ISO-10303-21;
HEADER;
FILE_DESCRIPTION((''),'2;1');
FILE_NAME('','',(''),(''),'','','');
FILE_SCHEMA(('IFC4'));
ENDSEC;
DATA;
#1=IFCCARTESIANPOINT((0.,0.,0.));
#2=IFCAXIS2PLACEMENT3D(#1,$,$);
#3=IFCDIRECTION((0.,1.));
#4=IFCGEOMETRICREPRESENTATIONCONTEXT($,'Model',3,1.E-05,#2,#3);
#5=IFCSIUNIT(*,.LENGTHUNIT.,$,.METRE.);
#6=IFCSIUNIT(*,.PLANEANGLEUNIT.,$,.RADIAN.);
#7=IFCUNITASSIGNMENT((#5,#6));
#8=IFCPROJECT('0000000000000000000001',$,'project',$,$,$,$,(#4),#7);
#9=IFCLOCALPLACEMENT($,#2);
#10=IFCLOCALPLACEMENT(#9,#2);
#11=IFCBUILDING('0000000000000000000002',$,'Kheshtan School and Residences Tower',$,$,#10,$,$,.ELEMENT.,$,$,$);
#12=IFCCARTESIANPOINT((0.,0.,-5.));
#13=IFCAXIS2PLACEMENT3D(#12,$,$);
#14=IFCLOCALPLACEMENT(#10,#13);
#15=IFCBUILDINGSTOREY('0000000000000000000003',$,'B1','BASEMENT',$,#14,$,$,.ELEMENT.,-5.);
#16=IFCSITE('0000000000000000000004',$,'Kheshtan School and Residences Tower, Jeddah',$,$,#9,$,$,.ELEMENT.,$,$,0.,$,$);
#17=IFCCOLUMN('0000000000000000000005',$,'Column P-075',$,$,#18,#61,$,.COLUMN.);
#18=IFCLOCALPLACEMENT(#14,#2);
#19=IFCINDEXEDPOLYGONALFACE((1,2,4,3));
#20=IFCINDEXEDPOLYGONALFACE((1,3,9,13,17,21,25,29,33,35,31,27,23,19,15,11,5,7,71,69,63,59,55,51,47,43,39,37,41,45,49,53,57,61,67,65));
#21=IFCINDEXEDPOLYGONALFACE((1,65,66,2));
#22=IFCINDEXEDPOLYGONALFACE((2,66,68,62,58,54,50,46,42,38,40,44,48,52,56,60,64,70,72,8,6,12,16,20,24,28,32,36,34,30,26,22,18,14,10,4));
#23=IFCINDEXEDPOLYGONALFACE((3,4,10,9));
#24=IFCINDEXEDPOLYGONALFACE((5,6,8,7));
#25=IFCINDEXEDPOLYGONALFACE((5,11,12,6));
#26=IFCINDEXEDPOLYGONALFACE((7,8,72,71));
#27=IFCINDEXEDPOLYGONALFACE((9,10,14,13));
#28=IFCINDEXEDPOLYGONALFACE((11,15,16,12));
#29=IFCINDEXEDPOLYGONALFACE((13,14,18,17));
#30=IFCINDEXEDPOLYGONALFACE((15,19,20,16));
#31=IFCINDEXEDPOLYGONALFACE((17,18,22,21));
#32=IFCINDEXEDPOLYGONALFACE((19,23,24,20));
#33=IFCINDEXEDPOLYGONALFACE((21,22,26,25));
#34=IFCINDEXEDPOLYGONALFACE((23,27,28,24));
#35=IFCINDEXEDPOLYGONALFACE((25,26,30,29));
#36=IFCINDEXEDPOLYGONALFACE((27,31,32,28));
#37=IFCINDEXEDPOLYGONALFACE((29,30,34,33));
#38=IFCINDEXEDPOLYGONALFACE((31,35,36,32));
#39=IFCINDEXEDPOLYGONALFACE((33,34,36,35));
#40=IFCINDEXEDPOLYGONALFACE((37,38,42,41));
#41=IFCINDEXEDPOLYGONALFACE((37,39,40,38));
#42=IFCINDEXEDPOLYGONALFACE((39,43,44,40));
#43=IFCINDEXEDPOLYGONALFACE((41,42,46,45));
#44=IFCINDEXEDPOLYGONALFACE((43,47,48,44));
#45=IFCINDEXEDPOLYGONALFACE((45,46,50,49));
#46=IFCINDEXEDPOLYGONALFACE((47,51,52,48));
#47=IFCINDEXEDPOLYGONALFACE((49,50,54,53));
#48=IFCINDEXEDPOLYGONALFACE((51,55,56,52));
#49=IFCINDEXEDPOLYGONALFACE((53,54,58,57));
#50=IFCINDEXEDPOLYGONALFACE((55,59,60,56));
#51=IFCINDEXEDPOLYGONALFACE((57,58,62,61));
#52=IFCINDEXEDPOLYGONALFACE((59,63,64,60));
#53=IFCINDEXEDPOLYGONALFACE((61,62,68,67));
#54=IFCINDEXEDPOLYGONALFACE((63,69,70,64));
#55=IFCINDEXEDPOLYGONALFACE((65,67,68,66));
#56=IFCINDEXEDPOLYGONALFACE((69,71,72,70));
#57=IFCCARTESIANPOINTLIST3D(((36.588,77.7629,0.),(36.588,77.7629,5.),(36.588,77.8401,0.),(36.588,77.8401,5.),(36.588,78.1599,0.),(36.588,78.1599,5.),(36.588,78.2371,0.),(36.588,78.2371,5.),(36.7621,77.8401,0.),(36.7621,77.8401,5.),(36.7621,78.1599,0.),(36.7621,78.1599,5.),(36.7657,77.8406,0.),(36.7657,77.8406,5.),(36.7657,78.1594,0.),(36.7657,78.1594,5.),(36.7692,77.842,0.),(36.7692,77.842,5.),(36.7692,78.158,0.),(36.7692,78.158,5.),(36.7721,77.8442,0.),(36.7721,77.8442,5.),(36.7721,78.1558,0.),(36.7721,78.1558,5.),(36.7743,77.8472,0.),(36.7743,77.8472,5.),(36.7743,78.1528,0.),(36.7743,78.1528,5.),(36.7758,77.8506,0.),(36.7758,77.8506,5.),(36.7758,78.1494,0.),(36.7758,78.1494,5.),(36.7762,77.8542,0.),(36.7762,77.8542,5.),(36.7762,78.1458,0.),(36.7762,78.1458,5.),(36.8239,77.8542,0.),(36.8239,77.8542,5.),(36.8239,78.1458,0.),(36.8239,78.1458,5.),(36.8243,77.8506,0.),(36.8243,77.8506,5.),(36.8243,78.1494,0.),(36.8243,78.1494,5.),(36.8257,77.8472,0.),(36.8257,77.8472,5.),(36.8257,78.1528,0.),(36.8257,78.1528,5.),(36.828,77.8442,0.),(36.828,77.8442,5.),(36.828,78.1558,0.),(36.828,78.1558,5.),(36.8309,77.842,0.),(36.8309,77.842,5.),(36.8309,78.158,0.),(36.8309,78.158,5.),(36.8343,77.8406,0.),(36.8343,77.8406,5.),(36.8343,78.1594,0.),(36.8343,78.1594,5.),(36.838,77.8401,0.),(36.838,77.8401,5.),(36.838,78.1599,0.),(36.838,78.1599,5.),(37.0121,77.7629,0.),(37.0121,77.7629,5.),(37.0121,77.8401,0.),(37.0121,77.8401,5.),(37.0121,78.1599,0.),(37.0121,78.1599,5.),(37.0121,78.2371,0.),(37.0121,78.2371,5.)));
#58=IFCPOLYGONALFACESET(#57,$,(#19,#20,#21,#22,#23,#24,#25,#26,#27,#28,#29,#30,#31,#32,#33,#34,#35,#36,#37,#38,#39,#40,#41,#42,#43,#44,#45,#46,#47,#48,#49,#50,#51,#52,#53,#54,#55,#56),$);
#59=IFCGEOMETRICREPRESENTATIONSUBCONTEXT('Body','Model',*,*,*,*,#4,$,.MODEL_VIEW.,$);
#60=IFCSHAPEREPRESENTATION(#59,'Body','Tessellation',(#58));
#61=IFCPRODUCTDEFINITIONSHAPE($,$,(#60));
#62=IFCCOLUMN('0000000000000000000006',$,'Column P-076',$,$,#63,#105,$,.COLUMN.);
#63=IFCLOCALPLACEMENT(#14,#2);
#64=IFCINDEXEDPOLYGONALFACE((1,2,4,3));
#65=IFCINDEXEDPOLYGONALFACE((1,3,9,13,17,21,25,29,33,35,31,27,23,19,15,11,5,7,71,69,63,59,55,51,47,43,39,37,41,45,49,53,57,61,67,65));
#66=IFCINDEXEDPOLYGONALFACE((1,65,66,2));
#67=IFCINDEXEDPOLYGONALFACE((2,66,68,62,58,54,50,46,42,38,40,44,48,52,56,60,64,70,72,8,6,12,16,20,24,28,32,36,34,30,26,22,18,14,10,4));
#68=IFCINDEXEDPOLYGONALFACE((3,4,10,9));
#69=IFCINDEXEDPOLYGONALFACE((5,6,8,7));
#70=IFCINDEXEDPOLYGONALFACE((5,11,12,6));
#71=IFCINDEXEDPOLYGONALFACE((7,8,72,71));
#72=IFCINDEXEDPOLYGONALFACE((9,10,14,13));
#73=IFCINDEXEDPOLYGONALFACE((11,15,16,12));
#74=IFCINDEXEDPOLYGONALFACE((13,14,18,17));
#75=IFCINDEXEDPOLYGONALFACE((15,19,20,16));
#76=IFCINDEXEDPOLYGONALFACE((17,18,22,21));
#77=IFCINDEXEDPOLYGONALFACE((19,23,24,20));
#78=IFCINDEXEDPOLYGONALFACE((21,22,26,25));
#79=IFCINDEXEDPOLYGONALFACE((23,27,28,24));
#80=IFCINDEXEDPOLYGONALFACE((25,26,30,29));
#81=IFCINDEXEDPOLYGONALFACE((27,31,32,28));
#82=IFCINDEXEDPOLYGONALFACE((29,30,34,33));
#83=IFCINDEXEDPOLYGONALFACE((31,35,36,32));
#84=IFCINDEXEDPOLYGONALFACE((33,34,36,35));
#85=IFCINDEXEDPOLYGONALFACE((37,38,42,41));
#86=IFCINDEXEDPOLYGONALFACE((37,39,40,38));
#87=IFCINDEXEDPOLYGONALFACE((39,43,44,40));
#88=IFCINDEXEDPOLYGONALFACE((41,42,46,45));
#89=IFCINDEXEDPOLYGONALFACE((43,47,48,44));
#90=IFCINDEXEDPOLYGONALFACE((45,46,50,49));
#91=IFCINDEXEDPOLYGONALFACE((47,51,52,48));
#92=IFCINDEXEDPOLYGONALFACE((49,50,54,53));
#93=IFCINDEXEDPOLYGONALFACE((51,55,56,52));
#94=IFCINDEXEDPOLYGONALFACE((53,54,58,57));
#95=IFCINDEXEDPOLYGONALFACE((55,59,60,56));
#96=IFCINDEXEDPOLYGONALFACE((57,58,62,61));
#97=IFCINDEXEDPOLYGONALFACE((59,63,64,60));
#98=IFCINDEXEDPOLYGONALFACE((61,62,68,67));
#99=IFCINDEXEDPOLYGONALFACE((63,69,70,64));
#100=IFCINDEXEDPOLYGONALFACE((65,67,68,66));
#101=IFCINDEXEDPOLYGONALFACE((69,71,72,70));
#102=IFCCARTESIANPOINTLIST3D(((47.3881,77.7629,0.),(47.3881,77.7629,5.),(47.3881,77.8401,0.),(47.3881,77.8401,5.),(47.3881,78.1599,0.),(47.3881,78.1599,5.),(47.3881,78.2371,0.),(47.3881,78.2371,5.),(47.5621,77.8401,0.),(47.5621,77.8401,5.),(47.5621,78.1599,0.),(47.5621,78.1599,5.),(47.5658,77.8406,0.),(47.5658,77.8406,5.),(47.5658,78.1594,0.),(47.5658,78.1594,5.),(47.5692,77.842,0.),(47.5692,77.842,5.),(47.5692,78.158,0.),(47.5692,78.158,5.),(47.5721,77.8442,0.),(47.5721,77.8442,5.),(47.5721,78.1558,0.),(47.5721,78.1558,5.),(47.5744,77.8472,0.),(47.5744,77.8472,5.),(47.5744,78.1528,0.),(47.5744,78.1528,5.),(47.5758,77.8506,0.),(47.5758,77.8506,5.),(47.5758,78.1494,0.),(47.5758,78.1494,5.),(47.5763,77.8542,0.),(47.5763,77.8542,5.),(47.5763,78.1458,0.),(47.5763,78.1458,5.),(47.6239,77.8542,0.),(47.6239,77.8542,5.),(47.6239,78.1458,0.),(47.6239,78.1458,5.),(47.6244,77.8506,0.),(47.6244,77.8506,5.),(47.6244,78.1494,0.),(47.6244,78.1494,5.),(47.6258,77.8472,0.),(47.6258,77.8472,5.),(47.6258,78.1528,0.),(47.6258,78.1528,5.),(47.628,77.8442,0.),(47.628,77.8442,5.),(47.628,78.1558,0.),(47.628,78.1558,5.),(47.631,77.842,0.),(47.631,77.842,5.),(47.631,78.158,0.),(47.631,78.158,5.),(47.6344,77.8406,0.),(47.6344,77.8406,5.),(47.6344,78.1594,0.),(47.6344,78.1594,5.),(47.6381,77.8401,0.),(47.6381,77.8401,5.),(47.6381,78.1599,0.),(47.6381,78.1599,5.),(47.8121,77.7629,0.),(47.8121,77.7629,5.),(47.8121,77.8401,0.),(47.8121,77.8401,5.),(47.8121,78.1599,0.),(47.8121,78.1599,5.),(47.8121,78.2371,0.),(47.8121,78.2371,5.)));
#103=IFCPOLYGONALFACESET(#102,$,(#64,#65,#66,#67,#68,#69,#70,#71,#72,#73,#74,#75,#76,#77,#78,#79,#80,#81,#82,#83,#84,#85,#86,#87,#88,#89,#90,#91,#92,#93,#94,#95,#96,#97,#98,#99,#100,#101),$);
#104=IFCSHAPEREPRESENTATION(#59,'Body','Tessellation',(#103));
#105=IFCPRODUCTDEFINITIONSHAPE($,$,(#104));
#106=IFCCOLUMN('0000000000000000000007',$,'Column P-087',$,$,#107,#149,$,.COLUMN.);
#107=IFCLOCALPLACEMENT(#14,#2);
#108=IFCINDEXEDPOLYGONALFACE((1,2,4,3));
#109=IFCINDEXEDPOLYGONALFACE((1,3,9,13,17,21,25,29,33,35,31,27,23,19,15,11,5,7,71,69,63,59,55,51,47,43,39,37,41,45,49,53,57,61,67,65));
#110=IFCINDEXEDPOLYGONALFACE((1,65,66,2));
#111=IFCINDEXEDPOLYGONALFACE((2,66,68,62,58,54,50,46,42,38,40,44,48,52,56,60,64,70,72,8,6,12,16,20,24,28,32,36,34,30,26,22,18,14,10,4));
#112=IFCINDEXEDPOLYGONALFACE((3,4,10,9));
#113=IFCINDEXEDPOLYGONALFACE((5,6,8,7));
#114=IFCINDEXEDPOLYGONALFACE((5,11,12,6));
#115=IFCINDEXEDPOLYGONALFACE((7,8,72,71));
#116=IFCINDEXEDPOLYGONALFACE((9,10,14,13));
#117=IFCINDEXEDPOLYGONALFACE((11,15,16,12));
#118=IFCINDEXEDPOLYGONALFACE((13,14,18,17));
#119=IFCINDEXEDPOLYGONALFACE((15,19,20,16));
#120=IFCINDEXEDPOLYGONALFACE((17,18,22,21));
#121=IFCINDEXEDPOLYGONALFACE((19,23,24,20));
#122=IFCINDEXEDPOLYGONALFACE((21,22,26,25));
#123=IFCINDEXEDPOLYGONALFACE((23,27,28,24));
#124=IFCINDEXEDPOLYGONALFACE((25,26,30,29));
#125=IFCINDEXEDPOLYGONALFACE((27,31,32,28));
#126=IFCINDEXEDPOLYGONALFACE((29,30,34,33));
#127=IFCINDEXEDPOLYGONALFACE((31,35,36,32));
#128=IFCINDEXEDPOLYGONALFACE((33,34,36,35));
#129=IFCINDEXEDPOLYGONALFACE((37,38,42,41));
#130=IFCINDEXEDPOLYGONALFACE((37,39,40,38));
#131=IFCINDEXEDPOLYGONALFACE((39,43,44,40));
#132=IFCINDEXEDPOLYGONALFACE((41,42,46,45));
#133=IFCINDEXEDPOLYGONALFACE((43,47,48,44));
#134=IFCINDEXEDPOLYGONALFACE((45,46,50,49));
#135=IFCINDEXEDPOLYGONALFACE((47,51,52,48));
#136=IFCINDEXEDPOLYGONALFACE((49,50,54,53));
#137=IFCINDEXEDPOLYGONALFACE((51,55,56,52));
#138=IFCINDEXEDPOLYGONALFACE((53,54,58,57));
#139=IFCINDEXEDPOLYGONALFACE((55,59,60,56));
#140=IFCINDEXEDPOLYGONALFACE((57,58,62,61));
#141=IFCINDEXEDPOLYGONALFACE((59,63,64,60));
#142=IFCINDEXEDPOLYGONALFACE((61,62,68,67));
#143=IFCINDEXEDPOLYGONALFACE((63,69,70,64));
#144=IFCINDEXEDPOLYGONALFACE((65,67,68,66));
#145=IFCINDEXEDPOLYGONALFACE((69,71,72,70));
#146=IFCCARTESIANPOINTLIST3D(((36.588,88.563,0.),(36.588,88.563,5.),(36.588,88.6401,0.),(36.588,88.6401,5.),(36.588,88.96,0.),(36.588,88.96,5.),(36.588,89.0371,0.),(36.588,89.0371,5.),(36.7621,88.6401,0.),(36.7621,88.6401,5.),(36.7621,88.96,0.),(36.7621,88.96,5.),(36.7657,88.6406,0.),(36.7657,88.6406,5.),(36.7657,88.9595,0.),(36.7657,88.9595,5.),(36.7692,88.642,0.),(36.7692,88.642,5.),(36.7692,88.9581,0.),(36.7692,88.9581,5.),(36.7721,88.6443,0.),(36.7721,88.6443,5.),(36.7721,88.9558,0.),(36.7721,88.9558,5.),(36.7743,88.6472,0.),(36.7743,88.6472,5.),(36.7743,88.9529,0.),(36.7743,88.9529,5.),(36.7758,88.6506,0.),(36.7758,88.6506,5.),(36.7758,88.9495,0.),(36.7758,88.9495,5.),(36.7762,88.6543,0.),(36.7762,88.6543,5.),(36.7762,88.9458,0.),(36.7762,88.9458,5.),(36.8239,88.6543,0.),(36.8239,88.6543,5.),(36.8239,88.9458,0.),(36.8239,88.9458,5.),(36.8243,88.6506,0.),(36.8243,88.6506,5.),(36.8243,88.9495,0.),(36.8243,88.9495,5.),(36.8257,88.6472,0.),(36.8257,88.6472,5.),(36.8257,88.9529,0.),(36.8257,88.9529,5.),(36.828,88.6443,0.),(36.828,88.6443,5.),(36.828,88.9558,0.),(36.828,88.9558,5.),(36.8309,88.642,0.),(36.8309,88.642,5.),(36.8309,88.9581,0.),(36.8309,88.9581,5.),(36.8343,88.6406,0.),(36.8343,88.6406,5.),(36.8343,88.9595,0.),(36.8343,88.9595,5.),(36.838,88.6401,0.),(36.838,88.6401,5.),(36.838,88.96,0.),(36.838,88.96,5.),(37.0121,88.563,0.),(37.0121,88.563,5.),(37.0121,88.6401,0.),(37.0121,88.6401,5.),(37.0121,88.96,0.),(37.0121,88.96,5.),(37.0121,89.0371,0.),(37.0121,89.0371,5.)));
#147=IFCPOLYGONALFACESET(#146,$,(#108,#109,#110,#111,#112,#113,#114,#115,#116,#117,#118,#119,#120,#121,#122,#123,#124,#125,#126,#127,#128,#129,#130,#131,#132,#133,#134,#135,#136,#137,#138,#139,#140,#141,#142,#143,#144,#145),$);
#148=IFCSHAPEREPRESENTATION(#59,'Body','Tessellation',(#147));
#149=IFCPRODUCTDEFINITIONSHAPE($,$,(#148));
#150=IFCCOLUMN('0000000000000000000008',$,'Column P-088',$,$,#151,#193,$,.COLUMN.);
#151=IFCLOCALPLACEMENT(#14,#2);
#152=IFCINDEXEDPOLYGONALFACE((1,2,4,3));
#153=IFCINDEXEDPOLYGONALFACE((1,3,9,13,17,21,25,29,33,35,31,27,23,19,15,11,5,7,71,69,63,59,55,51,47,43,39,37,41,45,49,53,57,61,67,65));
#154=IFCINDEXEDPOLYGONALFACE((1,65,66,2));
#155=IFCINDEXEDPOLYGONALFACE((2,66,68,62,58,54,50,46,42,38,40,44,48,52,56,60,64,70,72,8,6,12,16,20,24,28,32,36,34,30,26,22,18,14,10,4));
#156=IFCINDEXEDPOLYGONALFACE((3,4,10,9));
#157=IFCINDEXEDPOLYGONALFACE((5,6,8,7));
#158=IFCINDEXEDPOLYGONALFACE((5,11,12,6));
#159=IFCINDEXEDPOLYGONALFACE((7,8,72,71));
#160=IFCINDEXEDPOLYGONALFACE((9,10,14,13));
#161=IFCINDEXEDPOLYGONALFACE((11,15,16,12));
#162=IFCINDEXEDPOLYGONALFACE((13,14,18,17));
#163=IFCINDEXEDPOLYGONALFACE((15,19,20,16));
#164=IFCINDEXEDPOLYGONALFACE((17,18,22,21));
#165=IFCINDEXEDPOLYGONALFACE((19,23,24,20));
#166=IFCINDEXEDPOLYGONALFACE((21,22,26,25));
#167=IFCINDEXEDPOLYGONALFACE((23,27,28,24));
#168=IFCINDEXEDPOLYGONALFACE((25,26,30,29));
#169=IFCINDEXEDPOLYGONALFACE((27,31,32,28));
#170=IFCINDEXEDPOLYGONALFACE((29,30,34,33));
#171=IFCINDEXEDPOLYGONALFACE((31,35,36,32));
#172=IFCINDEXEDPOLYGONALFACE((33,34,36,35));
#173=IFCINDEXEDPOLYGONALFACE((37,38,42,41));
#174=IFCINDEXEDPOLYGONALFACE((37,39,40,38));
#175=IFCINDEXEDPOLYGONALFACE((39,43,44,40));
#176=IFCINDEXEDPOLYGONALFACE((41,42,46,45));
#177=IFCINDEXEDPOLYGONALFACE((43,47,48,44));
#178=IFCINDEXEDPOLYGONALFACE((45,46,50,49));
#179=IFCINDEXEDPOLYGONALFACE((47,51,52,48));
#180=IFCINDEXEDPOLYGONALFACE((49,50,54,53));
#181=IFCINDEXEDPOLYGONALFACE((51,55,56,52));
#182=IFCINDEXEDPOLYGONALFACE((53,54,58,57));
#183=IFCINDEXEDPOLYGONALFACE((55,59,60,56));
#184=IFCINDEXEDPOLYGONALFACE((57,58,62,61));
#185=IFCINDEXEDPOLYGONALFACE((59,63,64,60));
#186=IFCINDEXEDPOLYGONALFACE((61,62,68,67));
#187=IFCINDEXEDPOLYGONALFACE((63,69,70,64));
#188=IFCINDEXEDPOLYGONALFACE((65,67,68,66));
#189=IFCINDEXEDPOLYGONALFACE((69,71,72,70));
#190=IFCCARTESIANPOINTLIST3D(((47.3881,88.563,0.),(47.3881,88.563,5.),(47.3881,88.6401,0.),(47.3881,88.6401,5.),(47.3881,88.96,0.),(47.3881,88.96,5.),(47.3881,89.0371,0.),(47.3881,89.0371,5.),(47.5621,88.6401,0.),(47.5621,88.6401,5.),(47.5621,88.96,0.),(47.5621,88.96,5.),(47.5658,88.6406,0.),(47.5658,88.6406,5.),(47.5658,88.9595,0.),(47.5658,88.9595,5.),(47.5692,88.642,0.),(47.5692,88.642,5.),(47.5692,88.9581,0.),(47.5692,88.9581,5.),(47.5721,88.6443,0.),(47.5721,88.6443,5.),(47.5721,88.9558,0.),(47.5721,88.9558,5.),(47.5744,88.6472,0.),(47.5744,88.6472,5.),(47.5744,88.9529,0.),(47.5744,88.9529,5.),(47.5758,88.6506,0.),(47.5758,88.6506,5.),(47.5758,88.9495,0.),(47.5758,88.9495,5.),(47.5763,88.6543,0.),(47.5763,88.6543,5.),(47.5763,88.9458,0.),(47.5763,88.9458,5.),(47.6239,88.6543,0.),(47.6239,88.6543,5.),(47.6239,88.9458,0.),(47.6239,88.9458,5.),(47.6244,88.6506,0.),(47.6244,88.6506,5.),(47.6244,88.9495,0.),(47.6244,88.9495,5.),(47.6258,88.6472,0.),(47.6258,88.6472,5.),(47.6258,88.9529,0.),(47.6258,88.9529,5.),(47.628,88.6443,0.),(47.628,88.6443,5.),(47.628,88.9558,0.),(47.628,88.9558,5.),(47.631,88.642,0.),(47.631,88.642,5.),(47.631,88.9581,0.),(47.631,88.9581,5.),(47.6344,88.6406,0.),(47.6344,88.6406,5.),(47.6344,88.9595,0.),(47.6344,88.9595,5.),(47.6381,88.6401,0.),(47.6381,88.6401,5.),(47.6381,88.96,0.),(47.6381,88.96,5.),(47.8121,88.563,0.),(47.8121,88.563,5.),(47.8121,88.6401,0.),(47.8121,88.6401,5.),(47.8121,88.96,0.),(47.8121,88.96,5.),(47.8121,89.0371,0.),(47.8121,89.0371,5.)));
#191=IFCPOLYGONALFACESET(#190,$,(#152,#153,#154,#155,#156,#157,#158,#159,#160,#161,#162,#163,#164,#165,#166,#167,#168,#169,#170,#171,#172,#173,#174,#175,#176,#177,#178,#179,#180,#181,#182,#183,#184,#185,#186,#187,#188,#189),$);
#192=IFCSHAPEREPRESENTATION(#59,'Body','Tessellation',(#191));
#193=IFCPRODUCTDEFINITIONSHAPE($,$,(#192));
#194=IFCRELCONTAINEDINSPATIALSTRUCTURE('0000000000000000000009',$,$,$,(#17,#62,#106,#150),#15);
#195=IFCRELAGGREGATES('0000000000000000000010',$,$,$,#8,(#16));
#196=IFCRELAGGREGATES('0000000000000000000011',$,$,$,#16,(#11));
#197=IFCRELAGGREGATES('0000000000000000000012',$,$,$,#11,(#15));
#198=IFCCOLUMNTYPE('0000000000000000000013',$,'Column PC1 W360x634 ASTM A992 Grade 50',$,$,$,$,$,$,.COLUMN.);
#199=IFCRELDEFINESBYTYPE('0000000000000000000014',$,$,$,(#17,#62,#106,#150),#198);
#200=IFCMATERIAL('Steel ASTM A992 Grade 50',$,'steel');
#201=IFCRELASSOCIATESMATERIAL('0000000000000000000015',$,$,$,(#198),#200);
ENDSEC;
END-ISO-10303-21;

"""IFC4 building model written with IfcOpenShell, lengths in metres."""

from ifc_helpers import new_model, si_unit, direction, frame, origin, origin_2d, place, context, subcontext, project, spatial, i_section, extrude, material, material_profile, profile_set, type_object, element, save


model = new_model("IFC4")

# Units and contexts
model_context = context("Model", 3, precision=1e-05, world=origin(), true_north=direction((0.0, 1.0)))
body_context = subcontext(model_context, "Body", "Model", "MODEL_VIEW")
ifc_project = project(units=[si_unit("LENGTHUNIT", "METRE"), si_unit("PLANEANGLEUNIT", "RADIAN")], contexts=[model_context])

# Site, building, storey
site_placement = place(None, origin())
site = spatial("IfcSite", under=ifc_project, at=site_placement, Name="Kheshtan School and Residences Tower, Jeddah", CompositionType="ELEMENT", RefElevation=0.0)
building_placement = place(site_placement, origin())
building = spatial("IfcBuilding", under=site, at=building_placement, Name="Kheshtan School and Residences Tower", CompositionType="ELEMENT")
storey_placement = place(building_placement, frame((0.0, 0.0, -5.0)))
storey = spatial("IfcBuildingStorey", under=building, at=storey_placement, Name="B1", Description="BASEMENT", CompositionType="ELEMENT", Elevation=-5.0)

# Columns
ifc_material_1 = material(Name="Steel ASTM A992 Grade 50", Category="steel")
ifc_material_profile_1 = material_profile(ifc_material_1, i_section(OverallWidth=0.4241, OverallDepth=0.4741, WebThickness=0.0476, FlangeThickness=0.0771, FilletRadius=0.0142, at=origin_2d()), Name="W360x634")
ifc_profile_set_1 = profile_set([ifc_material_profile_1], Name="Steel ASTM A992 Grade 50")
column_type = type_object("IfcColumnType", Name="Column PC1 W360x634 ASTM A992 Grade 50", PredefinedType="COLUMN", material=ifc_profile_set_1)
for number, where, z_axis, x_axis, name in (
    (1, (36.8, 78.0, 0.0), (0.0, 0.0, 1.0), (1.0, 0.0, 0.0), "Column P-075"),
    (2, (47.6001, 78.0, 0.0), (0.0, 0.0, 1.0), (1.0, 0.0, 0.0), "Column P-076"),
    (3, (36.8, 88.8, 0.0), (0.0, 0.0, 1.0), (1.0, 0.0, 0.0), "Column P-087"),
    (4, (47.6001, 88.8, 0.0), (0.0, 0.0, 1.0), (1.0, 0.0, 0.0), "Column P-088"),
):
    element("IfcColumn", number, at=place(storey_placement, frame(where, z_axis=z_axis, x_axis=x_axis)), inside=storey, type_object=column_type, Name=name, PredefinedType="COLUMN", context=body_context, shape_type="SweptSolid", body=[
        extrude(i_section(OverallWidth=0.4241, OverallDepth=0.4741, WebThickness=0.0476, FlangeThickness=0.0771, FilletRadius=0.0142, at=origin_2d()), origin(), (0.0, 0.0, 1.0), 5.0),
    ])

save(model, "model.ifc")
